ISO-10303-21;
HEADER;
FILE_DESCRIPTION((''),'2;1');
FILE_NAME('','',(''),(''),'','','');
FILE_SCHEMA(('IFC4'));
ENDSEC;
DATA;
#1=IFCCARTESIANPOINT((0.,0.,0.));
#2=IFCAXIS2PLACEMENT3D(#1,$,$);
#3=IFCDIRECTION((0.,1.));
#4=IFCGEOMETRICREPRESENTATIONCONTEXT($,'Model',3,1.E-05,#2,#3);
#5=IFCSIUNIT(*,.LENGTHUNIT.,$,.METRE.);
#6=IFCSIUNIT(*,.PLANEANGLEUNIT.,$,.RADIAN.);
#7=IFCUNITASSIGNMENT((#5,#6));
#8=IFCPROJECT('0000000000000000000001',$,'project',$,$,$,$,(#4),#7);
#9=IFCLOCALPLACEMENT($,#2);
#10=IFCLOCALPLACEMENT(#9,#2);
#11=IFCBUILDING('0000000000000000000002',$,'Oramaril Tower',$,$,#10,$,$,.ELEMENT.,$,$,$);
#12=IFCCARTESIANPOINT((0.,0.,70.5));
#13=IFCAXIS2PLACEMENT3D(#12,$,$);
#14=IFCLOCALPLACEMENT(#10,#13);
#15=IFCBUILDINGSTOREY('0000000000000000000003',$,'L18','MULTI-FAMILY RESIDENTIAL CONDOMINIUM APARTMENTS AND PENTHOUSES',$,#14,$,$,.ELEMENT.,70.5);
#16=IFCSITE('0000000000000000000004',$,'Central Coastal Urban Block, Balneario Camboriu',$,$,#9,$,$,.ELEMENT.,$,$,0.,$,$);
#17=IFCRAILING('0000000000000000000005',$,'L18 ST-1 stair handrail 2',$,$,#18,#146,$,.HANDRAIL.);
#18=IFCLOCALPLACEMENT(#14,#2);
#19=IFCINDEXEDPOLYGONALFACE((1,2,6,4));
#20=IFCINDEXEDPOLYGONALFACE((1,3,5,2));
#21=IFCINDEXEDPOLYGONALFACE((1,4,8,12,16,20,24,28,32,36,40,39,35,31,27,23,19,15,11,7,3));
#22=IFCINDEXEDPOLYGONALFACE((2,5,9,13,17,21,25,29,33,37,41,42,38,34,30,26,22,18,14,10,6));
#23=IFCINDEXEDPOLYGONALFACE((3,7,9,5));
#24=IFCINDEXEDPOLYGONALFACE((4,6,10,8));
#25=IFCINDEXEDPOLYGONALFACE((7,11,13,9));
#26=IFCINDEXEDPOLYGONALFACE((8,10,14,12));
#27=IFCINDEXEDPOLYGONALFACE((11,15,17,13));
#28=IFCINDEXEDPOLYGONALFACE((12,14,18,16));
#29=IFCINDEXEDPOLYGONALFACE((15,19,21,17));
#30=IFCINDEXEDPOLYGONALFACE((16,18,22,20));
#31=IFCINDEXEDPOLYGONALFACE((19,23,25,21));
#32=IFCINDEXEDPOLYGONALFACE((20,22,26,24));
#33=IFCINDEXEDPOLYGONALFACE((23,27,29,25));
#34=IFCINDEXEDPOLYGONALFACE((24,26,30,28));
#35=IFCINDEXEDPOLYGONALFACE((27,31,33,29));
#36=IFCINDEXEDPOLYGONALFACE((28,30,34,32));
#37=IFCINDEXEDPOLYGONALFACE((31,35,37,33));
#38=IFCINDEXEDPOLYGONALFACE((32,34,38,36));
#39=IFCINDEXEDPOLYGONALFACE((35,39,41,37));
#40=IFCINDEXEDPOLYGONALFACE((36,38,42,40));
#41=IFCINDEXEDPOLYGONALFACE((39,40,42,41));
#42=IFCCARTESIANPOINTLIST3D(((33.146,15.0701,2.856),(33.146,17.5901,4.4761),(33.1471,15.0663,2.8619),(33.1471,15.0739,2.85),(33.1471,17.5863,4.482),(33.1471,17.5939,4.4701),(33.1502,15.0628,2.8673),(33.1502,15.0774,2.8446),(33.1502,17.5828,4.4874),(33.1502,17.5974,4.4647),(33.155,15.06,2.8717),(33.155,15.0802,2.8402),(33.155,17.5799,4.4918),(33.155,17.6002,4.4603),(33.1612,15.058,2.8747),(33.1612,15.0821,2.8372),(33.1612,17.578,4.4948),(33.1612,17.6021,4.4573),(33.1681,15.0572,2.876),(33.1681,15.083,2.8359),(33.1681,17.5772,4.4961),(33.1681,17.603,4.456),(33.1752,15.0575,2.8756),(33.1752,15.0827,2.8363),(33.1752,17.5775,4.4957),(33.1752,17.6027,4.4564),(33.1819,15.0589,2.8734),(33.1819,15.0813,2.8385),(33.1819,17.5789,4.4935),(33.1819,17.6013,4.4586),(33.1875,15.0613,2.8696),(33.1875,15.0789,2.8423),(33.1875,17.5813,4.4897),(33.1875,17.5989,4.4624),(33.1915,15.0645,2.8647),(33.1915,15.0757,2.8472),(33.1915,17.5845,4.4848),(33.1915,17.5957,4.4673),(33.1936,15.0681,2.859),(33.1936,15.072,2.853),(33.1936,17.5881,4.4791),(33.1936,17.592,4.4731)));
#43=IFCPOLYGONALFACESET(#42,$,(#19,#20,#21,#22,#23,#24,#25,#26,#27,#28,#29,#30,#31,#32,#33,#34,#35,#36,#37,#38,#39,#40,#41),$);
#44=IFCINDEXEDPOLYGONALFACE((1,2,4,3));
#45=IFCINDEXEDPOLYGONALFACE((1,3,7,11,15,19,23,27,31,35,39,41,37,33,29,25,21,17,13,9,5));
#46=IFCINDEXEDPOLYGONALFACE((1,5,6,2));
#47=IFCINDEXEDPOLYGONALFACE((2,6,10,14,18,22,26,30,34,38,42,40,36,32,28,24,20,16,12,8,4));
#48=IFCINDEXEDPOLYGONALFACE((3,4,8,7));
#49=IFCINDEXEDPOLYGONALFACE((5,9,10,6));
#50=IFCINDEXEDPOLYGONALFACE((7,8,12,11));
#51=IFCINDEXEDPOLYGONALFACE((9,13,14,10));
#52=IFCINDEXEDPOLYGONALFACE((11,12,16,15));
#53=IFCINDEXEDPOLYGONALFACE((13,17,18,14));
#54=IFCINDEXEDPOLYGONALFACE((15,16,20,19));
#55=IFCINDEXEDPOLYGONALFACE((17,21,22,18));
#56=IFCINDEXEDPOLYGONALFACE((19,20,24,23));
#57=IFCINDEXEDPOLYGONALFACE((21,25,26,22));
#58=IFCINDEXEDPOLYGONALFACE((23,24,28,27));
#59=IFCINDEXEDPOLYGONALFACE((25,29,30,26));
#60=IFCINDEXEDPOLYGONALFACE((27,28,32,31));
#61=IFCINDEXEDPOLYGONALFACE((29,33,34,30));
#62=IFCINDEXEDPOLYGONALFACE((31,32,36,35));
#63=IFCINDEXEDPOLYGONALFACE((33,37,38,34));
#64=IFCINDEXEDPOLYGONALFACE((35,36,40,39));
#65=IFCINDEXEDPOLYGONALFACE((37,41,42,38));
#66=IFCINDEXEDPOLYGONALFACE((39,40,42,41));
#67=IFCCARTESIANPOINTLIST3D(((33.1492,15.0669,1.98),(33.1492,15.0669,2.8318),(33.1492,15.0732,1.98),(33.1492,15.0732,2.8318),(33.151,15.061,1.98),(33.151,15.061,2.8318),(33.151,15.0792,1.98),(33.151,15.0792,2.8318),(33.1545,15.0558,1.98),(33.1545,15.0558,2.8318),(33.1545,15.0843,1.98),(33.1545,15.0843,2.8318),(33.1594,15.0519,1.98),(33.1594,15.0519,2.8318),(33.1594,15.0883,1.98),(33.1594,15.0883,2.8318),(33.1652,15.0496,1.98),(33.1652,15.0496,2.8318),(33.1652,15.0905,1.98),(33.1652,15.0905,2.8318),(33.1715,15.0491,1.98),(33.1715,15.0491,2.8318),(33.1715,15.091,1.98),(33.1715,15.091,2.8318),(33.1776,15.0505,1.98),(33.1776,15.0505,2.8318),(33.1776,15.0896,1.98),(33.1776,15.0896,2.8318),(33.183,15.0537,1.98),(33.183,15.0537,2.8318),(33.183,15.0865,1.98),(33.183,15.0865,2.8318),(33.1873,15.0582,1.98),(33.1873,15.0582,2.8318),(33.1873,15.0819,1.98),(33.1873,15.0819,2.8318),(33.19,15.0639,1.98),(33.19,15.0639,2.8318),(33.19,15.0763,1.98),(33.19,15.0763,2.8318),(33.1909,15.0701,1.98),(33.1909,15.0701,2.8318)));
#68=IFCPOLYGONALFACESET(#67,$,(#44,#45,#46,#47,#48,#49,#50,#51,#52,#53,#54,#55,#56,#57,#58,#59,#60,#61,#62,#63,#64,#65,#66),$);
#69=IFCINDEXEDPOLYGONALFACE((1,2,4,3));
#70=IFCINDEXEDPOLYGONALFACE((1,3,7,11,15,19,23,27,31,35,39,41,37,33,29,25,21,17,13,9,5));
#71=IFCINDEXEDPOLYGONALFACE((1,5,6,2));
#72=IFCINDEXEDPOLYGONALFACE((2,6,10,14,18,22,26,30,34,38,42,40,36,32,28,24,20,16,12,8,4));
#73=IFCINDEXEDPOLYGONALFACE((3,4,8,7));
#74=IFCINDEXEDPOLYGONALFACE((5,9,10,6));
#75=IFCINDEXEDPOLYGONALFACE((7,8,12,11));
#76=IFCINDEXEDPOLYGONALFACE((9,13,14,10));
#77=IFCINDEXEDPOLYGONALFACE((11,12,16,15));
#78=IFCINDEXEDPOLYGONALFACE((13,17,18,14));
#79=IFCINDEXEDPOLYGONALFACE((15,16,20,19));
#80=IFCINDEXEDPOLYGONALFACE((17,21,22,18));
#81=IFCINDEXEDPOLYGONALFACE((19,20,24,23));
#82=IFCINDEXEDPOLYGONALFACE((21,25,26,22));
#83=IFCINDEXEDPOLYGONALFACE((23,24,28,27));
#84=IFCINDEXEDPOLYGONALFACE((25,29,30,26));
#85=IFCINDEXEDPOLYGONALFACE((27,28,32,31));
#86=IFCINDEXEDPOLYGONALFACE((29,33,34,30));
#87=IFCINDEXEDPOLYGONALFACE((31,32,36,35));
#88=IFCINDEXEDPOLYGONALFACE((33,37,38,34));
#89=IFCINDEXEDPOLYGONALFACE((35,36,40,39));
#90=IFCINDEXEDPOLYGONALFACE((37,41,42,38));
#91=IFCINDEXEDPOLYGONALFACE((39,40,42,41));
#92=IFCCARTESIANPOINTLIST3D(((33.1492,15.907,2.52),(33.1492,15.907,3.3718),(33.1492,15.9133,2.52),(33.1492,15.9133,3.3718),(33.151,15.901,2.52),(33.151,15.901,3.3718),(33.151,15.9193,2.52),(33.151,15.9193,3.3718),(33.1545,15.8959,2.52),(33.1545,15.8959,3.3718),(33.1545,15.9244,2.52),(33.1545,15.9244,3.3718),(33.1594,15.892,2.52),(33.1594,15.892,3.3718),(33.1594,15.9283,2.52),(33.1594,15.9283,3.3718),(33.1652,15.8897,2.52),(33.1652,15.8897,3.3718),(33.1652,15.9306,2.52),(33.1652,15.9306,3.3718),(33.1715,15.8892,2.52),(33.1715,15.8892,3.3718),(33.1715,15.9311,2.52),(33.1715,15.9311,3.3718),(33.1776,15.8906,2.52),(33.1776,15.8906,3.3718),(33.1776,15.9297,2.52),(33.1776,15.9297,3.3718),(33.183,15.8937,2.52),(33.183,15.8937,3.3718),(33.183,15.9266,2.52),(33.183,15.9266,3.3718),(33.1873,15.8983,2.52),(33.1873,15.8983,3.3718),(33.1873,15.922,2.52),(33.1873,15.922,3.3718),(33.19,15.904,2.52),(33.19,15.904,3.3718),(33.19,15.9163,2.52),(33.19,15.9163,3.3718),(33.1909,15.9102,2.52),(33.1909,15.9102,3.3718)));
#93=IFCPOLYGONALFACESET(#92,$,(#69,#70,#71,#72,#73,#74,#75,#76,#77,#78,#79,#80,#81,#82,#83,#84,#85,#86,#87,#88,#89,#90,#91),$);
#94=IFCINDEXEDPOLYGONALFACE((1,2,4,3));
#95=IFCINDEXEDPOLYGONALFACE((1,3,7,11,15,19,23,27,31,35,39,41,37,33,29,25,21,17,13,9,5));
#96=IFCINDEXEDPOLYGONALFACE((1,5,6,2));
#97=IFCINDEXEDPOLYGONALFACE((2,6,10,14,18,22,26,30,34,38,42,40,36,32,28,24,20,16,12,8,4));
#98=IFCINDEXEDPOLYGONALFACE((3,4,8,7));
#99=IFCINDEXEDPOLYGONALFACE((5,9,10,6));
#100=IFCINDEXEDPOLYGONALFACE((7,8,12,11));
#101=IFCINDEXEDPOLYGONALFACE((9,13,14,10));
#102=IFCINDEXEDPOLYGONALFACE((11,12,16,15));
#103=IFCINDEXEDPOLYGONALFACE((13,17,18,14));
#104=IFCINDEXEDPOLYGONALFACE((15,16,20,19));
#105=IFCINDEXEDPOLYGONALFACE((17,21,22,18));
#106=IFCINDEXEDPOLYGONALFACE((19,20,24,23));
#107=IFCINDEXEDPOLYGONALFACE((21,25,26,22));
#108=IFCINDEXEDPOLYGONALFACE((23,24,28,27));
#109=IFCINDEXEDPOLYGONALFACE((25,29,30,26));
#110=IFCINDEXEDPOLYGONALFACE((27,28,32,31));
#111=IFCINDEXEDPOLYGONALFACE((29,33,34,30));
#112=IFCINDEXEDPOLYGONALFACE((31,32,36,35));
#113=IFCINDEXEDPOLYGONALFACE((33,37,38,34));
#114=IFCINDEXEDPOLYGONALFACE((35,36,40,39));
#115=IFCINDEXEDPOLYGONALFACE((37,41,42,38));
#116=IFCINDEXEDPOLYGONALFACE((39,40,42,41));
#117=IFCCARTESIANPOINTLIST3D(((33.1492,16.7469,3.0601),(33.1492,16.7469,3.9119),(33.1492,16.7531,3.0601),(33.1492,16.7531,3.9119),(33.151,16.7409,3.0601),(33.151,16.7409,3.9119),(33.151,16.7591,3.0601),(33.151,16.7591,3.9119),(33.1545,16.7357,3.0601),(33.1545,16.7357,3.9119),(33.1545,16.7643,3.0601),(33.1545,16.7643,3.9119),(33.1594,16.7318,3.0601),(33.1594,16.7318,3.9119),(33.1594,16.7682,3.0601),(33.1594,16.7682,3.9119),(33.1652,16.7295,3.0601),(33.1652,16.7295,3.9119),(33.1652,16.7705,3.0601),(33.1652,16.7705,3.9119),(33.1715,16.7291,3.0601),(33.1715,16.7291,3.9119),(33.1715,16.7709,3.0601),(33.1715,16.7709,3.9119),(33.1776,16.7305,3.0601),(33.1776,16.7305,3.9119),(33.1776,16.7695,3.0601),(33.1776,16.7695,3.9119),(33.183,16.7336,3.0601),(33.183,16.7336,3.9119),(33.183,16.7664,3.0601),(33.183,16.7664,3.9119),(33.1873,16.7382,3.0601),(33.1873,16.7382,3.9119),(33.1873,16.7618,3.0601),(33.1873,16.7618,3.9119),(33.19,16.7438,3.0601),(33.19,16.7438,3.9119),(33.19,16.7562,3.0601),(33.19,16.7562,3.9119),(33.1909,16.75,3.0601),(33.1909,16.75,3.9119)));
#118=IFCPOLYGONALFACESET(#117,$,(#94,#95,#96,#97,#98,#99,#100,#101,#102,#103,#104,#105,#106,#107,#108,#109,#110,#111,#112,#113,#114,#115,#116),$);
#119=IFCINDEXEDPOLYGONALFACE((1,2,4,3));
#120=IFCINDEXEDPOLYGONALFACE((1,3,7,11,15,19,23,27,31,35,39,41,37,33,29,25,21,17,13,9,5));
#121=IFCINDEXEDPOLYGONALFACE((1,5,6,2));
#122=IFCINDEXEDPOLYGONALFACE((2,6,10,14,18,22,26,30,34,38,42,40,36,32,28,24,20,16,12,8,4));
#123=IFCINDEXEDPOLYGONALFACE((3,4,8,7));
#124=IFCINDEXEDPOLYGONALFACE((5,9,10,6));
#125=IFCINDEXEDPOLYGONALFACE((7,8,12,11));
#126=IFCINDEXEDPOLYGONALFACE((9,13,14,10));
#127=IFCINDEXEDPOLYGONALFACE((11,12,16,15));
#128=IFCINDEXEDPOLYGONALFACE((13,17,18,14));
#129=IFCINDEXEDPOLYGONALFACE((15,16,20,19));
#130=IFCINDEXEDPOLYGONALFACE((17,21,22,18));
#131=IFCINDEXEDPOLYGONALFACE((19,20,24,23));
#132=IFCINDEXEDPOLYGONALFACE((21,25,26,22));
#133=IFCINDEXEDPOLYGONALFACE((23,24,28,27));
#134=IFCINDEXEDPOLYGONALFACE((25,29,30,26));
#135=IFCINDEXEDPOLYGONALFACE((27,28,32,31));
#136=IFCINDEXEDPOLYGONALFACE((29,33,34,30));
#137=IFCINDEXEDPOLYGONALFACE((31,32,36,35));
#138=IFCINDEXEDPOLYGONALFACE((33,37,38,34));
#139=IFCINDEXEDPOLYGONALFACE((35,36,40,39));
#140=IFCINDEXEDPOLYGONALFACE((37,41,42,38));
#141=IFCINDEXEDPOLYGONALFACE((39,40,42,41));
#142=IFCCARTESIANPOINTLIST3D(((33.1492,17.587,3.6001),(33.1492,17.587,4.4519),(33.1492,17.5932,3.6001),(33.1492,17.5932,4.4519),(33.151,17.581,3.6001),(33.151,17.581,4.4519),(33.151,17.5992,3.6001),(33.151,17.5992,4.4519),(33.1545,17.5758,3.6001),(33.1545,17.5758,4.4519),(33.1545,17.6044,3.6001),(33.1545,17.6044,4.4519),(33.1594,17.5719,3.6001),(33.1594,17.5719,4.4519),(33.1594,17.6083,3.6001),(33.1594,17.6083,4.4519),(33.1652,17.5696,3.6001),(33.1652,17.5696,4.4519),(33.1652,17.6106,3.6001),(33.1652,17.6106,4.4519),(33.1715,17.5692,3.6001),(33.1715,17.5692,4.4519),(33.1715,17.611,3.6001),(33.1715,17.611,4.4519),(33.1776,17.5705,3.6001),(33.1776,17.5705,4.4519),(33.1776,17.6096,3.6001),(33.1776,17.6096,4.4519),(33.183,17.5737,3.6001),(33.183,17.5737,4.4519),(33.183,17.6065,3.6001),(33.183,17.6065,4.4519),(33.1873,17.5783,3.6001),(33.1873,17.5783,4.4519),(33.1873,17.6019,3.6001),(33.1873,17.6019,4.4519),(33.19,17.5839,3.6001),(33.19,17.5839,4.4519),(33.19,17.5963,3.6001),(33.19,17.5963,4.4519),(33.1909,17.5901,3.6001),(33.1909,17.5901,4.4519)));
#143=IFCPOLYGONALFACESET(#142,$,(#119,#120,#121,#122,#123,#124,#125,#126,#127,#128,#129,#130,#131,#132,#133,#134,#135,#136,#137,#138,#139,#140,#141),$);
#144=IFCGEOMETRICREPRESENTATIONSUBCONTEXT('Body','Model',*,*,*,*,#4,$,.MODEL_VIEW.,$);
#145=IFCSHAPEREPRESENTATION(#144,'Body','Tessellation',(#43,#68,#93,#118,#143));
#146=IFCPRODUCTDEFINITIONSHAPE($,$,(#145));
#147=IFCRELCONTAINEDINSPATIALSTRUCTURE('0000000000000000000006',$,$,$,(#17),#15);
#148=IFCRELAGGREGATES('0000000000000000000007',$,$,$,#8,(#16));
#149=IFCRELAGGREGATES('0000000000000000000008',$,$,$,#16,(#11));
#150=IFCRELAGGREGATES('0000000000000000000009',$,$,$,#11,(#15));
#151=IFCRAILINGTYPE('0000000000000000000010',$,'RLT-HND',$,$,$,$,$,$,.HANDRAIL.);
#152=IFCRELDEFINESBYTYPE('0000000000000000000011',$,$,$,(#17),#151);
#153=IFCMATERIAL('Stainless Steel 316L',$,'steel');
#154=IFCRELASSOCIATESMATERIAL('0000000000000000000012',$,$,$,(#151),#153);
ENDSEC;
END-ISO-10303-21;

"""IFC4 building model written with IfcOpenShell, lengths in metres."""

from ifc_helpers import new_model, si_unit, direction, frame, origin, origin_2d, place, context, subcontext, project, spatial, circle, extrude, material, type_object, element, save


model = new_model("IFC4")

# Units and contexts
model_context = context("Model", 3, precision=1e-05, world=origin(), true_north=direction((0.0, 1.0)))
body_context = subcontext(model_context, "Body", "Model", "MODEL_VIEW")
ifc_project = project(units=[si_unit("LENGTHUNIT", "METRE"), si_unit("PLANEANGLEUNIT", "RADIAN")], contexts=[model_context])

# Site, building, storey
site_placement = place(None, origin())
site = spatial("IfcSite", under=ifc_project, at=site_placement, Name="Central Coastal Urban Block, Balneario Camboriu", CompositionType="ELEMENT", RefElevation=0.0)
building_placement = place(site_placement, origin())
building = spatial("IfcBuilding", under=site, at=building_placement, Name="Oramaril Tower", CompositionType="ELEMENT")
storey_placement = place(building_placement, frame((0.0, 0.0, 70.5)))
storey = spatial("IfcBuildingStorey", under=building, at=storey_placement, Name="L18", Description="MULTI-FAMILY RESIDENTIAL CONDOMINIUM APARTMENTS AND PENTHOUSES", CompositionType="ELEMENT", Elevation=70.5)

# Railing
ifc_material_1 = material(Name="Stainless Steel 316L", Category="steel")
railing_type_1 = type_object("IfcRailingType", Name="RLT-HND", PredefinedType="HANDRAIL", material=ifc_material_1)
railing_1_placement = place(storey_placement, frame((33.1699, 15.0701, 1.98)))
element("IfcRailing", 1, at=railing_1_placement, inside=storey, type_object=railing_type_1, Name="L18 ST-1 stair handrail 2", PredefinedType="HANDRAIL", context=body_context, shape_type="SweptSolid", body=[
    extrude(circle(Radius=0.0239, at=origin_2d()), frame((0.0, 0.0, 0.876), z_axis=(0.0, 0.841163, 0.540782), x_axis=(-1.0, 0.0, 0.0)), (0.0, 0.0, 1.0), 2.9958),
    extrude(circle(Radius=0.021, at=origin_2d()), origin(), (0.0, 0.0, 1.0), 0.8518),
    extrude(circle(Radius=0.021, at=origin_2d()), frame((0.0, 0.8401, 0.54)), (0.0, 0.0, 1.0), 0.8518),
    extrude(circle(Radius=0.021, at=origin_2d()), frame((0.0, 1.6799, 1.0801)), (0.0, 0.0, 1.0), 0.8518),
    extrude(circle(Radius=0.021, at=origin_2d()), frame((0.0, 2.52, 1.6201)), (0.0, 0.0, 1.0), 0.8518),
])

save(model, "model.ifc")
